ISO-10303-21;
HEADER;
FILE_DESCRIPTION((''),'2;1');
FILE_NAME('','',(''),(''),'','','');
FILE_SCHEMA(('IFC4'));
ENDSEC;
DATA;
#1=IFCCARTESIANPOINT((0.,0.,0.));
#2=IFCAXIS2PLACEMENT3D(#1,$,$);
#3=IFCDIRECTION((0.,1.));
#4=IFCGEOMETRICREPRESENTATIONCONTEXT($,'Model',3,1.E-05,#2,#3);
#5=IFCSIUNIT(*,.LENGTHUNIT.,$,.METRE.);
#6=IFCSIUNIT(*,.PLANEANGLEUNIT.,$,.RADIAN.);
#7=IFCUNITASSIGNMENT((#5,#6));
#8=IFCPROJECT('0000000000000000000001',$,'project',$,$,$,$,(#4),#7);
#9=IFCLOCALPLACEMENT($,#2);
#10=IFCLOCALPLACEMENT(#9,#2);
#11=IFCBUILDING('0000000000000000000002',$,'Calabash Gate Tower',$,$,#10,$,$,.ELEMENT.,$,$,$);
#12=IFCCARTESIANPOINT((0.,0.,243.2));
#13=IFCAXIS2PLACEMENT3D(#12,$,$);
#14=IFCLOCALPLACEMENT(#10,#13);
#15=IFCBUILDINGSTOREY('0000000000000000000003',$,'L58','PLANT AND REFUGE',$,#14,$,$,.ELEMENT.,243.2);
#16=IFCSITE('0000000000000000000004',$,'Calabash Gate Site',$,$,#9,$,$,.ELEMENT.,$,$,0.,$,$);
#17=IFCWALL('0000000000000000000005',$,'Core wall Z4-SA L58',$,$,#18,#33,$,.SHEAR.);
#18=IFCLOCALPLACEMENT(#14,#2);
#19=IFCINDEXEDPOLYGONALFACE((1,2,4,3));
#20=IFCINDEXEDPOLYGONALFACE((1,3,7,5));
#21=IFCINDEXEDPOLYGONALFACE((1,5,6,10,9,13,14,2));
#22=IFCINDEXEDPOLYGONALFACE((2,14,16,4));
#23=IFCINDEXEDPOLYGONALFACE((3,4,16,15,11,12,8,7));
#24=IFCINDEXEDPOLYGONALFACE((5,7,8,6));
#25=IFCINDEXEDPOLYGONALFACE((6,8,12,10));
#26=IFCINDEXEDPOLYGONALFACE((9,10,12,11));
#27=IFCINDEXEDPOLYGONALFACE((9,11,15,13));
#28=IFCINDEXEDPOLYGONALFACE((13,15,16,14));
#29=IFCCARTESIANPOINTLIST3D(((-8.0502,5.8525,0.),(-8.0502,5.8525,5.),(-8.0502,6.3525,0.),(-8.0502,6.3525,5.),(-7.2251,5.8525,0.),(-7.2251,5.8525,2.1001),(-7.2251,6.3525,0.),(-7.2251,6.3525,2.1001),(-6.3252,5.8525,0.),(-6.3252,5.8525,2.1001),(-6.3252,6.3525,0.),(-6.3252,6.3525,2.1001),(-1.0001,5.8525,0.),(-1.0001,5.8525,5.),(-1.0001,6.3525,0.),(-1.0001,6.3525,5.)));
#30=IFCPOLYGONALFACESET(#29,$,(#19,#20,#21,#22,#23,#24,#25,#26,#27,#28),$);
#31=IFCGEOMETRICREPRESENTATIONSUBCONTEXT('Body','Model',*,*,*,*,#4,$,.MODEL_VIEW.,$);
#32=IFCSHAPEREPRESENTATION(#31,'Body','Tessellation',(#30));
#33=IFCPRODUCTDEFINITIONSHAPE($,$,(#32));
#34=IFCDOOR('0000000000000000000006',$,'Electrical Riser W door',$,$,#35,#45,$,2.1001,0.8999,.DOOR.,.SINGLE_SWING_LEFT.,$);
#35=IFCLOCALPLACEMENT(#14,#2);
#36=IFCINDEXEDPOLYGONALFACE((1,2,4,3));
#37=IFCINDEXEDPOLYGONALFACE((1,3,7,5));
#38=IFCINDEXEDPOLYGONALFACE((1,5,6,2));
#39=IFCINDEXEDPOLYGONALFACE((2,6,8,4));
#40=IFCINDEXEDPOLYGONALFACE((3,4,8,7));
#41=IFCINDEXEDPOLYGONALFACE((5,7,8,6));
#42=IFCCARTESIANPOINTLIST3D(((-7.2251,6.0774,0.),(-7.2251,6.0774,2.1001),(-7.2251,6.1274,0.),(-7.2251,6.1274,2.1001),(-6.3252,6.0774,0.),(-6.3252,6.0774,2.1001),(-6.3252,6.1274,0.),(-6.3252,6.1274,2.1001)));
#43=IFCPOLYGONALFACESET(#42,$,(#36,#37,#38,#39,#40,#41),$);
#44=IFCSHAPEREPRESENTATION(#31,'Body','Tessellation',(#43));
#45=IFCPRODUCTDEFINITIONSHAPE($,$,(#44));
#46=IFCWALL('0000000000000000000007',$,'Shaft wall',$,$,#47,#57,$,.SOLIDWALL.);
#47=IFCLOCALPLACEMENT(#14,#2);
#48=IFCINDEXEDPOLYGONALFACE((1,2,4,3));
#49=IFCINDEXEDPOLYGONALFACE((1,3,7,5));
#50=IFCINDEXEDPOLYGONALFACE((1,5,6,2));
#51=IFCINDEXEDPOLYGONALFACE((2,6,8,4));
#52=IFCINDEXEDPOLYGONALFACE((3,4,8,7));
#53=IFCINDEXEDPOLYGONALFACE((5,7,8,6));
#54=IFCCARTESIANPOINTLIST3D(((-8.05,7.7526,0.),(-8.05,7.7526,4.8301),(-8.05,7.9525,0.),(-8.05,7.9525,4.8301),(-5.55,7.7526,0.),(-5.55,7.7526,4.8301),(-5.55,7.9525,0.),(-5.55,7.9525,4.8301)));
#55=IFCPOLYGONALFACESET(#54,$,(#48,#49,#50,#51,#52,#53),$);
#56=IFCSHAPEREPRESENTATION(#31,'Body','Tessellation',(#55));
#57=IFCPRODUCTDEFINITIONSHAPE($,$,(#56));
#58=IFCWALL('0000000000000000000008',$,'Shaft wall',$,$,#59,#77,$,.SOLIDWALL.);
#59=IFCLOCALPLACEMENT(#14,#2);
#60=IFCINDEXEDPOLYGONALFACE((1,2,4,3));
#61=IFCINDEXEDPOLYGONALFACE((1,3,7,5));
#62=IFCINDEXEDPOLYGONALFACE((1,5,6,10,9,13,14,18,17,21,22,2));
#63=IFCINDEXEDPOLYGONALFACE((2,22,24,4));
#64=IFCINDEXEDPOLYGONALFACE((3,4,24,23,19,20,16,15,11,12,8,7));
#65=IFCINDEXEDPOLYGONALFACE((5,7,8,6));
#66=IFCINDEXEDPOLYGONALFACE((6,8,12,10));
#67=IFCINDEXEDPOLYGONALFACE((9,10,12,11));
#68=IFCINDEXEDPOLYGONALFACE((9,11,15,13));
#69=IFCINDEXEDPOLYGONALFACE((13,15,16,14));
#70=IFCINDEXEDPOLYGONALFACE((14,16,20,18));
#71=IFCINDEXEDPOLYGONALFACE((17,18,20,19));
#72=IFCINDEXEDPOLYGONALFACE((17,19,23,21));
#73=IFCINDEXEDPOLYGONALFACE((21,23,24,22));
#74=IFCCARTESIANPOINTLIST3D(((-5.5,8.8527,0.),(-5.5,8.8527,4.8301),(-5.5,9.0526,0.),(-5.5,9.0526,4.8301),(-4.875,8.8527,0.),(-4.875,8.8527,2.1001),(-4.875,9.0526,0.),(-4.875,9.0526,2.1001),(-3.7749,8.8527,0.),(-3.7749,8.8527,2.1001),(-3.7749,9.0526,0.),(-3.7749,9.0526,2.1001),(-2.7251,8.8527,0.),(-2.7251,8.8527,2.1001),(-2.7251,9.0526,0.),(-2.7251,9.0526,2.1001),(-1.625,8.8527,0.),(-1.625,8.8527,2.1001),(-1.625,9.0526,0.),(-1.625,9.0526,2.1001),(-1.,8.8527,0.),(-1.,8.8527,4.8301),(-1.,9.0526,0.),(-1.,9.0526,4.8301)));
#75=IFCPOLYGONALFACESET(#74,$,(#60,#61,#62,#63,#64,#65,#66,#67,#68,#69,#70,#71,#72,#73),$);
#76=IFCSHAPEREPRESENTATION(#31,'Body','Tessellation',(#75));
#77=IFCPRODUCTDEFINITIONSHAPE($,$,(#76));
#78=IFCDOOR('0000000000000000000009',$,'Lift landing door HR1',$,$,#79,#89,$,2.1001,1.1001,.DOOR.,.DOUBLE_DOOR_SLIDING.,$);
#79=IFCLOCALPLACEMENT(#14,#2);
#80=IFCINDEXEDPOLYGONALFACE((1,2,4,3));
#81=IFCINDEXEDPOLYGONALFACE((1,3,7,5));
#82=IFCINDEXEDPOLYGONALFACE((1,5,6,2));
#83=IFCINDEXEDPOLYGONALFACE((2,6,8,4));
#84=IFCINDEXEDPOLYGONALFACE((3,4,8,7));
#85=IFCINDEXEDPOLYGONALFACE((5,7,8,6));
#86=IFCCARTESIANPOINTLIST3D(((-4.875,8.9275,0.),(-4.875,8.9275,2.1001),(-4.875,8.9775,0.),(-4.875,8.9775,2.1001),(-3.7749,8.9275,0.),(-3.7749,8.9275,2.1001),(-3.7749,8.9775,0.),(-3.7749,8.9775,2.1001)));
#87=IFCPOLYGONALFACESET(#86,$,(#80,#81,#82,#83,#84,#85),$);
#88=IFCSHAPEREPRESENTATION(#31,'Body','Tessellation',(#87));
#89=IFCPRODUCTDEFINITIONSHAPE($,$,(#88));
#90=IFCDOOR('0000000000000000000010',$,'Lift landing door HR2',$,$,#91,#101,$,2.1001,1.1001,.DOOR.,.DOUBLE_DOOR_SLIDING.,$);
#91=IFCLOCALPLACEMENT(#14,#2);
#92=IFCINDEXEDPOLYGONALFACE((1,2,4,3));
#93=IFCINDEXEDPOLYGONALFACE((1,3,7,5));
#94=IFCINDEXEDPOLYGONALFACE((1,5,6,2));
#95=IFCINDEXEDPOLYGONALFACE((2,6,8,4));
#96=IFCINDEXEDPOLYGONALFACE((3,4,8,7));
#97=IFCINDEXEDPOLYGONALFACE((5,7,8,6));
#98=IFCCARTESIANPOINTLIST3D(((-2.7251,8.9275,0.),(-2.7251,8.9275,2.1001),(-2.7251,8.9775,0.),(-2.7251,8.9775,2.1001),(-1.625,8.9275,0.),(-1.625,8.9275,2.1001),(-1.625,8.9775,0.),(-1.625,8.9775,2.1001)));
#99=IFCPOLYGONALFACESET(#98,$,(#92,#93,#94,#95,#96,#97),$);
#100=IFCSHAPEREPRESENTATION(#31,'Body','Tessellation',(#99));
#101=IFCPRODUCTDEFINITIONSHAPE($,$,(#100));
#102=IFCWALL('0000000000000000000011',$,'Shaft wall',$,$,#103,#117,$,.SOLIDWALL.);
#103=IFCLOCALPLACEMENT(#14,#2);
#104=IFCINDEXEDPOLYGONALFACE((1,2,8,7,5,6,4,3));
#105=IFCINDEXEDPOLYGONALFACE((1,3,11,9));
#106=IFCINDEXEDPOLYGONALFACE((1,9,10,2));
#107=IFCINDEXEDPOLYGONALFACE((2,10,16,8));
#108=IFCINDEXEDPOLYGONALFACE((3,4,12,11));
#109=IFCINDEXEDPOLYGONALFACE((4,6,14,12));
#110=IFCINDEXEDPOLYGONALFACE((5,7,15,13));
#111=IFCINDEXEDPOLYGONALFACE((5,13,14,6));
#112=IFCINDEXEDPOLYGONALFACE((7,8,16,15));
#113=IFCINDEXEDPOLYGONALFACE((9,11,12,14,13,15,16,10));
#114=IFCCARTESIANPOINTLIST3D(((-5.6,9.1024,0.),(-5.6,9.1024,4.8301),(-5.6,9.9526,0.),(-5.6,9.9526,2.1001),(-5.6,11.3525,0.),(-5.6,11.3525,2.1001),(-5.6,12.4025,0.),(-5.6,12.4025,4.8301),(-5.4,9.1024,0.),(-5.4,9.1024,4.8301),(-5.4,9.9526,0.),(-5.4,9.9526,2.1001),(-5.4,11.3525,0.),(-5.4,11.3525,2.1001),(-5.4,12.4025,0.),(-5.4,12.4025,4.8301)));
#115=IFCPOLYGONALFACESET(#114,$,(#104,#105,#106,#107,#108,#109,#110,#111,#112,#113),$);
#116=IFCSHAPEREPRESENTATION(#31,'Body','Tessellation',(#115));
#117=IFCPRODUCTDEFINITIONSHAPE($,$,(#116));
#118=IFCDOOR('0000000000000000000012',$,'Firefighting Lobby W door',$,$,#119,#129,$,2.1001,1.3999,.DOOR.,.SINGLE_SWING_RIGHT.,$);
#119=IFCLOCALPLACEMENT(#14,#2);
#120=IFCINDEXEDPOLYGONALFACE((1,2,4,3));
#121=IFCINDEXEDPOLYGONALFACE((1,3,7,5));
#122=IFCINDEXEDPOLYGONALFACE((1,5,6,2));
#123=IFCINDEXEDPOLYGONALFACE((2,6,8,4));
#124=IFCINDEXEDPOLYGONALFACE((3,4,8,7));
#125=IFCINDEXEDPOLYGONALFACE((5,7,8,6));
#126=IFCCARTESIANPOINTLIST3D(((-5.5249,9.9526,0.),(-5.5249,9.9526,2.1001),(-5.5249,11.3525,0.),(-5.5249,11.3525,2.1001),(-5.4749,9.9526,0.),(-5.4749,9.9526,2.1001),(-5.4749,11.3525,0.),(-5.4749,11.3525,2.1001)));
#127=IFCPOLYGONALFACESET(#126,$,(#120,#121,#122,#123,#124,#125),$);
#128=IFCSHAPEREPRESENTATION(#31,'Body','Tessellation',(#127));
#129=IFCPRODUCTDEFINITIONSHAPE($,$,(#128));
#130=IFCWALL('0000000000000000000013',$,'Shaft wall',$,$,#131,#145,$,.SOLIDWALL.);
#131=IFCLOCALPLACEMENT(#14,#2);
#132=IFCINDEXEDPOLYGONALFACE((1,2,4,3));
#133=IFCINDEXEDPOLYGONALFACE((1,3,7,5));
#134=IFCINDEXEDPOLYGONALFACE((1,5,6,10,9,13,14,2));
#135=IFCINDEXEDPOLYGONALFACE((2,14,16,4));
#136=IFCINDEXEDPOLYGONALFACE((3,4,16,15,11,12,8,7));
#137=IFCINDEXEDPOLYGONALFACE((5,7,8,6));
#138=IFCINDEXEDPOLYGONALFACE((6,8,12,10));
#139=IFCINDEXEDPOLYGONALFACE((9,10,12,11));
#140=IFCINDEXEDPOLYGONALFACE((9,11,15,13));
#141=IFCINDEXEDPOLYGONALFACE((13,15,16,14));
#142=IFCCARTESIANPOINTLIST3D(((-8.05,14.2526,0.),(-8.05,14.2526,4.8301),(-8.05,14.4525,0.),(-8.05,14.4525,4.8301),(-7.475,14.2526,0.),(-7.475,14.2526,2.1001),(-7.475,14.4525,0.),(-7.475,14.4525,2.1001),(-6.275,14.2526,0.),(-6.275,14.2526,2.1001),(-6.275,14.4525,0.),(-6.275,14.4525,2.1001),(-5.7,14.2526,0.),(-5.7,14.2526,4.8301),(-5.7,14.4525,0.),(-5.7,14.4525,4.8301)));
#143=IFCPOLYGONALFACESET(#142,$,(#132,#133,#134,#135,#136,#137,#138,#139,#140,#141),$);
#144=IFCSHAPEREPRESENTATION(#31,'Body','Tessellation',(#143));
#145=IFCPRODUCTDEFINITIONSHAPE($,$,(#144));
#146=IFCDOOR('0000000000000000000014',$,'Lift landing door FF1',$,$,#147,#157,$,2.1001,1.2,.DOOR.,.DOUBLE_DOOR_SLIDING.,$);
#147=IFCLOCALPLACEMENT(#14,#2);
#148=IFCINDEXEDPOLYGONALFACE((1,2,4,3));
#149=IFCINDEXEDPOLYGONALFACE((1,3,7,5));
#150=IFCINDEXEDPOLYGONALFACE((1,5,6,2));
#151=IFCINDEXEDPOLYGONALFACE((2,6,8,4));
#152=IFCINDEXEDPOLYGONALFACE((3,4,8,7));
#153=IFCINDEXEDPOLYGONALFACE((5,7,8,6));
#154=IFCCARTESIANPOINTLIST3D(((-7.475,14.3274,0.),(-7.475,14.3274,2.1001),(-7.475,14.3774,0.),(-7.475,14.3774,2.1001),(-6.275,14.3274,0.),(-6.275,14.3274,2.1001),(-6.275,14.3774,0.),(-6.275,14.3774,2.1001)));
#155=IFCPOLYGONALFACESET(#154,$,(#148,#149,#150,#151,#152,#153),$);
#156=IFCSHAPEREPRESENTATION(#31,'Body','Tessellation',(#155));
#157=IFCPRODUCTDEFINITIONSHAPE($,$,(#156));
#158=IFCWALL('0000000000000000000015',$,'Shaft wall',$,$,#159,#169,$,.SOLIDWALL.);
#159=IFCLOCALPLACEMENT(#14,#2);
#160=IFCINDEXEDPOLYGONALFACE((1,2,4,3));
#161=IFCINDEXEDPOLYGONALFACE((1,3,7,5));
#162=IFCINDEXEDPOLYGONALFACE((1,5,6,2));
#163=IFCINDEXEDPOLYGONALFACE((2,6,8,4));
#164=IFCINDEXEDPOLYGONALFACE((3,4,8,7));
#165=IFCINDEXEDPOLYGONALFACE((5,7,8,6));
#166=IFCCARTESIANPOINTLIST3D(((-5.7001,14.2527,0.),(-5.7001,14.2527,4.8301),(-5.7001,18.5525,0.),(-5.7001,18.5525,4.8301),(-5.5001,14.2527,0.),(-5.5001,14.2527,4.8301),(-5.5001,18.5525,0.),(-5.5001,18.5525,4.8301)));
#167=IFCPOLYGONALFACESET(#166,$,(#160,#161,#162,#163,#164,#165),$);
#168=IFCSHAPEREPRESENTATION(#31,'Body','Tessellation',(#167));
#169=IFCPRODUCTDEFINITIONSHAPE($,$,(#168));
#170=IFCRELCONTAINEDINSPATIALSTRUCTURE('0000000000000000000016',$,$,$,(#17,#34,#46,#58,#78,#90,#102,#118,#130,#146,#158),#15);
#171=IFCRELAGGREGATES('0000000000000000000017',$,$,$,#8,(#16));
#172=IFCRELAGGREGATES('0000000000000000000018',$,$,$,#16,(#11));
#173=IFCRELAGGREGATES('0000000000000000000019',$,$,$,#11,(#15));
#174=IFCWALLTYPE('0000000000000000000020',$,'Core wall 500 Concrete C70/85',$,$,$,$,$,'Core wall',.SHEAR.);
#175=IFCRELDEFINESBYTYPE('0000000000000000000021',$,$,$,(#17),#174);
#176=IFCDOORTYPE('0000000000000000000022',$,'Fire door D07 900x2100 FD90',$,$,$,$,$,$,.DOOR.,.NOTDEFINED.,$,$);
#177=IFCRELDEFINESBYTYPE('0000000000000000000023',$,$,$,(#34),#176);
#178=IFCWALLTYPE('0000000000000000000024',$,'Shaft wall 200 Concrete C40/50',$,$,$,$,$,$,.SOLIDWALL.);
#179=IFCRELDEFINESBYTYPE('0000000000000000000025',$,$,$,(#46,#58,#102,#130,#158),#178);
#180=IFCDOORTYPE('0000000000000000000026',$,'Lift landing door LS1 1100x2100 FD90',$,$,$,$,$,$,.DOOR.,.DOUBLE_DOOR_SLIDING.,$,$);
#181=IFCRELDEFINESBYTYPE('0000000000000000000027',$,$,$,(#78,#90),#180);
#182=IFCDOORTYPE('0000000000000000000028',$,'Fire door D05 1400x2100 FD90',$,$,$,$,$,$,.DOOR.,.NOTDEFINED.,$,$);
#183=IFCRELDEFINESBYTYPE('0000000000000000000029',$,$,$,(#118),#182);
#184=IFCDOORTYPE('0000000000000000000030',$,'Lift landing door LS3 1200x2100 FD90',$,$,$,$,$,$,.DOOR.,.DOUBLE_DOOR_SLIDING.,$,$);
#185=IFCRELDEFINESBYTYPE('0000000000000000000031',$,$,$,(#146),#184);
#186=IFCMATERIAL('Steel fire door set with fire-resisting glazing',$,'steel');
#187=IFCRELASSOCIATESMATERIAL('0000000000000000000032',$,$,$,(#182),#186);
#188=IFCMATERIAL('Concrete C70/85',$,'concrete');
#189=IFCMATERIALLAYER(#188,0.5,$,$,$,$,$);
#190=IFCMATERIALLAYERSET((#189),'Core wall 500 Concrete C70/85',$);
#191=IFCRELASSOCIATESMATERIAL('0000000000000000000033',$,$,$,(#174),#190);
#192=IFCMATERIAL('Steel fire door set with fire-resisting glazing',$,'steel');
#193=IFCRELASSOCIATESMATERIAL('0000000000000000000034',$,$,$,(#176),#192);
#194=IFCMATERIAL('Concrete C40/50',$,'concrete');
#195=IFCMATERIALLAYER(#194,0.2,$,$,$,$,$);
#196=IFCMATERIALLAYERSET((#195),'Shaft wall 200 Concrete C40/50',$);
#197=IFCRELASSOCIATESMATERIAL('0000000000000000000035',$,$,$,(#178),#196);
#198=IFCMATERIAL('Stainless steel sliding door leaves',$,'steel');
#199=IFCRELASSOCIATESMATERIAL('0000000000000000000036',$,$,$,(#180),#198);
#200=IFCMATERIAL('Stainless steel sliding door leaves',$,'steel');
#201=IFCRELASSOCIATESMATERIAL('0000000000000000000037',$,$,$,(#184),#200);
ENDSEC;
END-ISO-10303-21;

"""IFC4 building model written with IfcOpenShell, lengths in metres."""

from ifc_helpers import new_model, si_unit, direction, frame, frame_2d, origin, place, context, subcontext, project, spatial, rectangle, extrude, material, layer, layer_set, type_object, element, fill, save


model = new_model("IFC4")

# Units and contexts
model_context = context("Model", 3, precision=1e-05, world=origin(), true_north=direction((0.0, 1.0)))
body_context = subcontext(model_context, "Body", "Model", "MODEL_VIEW")
ifc_project = project(units=[si_unit("LENGTHUNIT", "METRE"), si_unit("PLANEANGLEUNIT", "RADIAN")], contexts=[model_context])

# Site, building, storey
site_placement = place(None, origin())
site = spatial("IfcSite", under=ifc_project, at=site_placement, Name="Calabash Gate Site", CompositionType="ELEMENT", RefElevation=0.0)
building_placement = place(site_placement, origin())
building = spatial("IfcBuilding", under=site, at=building_placement, Name="Calabash Gate Tower", CompositionType="ELEMENT")
storey_placement = place(building_placement, frame((0.0, 0.0, 243.2)))
storey = spatial("IfcBuildingStorey", under=building, at=storey_placement, Name="L58", Description="PLANT AND REFUGE", CompositionType="ELEMENT", Elevation=243.2)

# Shared definitions
ifc_material_1 = material(Name="Steel fire door set with fire-resisting glazing", Category="steel")
door_type_1 = type_object("IfcDoorType", Name="Fire door D05 1400x2100 FD90", OperationType="NOTDEFINED", PredefinedType="DOOR", material=ifc_material_1)

# Wall, opening, door
ifc_material_2 = material(Name="Concrete C70/85", Category="concrete")
ifc_layer_1 = layer(ifc_material_2, 0.5)
ifc_layer_set_1 = layer_set([ifc_layer_1], Name="Core wall 500 Concrete C70/85")
wall_type_1 = type_object("IfcWallType", Name="Core wall 500 Concrete C70/85", ElementType="Core wall", PredefinedType="SHEAR", material=ifc_layer_set_1)
wall_1_placement = place(storey_placement, frame((-8.05, 6.1025, 0.0), z_axis=(0.0, 0.0, 1.0), x_axis=(1.0, 0.0, 0.0)))
wall_1 = element("IfcWall", 1, at=wall_1_placement, inside=storey, type_object=wall_type_1, Name="Core wall Z4-SA L58", PredefinedType="SHEAR", context=body_context, shape_type="SweptSolid", body=[
    extrude(rectangle(XDim=7.05, YDim=0.5, at=frame_2d((3.5249, 0.0))), origin(), (0.0, 0.0, 1.0), 5.0),
])
opening_1_placement = place(wall_1_placement, frame((0.825, 0.0, 0.0)))
opening_1 = element("IfcOpeningElement", 2, at=opening_1_placement, cuts=wall_1, PredefinedType="OPENING", context=body_context, shape_type="SweptSolid", body=[
    extrude(rectangle(XDim=0.8999, YDim=2.1001, at=frame_2d((0.45, 1.05))), frame((0.0, 0.26, 0.0), z_axis=(0.0, -1.0, 0.0), x_axis=(1.0, 0.0, 0.0)), (0.0, 0.0, 1.0), 0.52),
])
ifc_material_3 = material(Name="Steel fire door set with fire-resisting glazing", Category="steel")
door_type_2 = type_object("IfcDoorType", Name="Fire door D07 900x2100 FD90", OperationType="NOTDEFINED", PredefinedType="DOOR", material=ifc_material_3)
door_1_placement = place(opening_1_placement, origin())
door_1 = element("IfcDoor", 3, at=door_1_placement, inside=storey, type_object=door_type_2, Name="Electrical Riser W door", OperationType="SINGLE_SWING_LEFT", OverallHeight=2.1001, OverallWidth=0.8999, PredefinedType="DOOR", context=body_context, shape_type="SweptSolid", body=[
    extrude(rectangle(XDim=0.8999, YDim=2.1001, at=frame_2d((0.45, 1.05))), frame((0.0, 0.0249, 0.0), z_axis=(0.0, -1.0, 0.0), x_axis=(1.0, 0.0, 0.0)), (0.0, 0.0, 1.0), 0.05),
])
fill(opening_1, door_1)

# Wall
ifc_material_4 = material(Name="Concrete C40/50", Category="concrete")
ifc_layer_2 = layer(ifc_material_4, 0.2)
ifc_layer_set_2 = layer_set([ifc_layer_2], Name="Shaft wall 200 Concrete C40/50")
wall_type_2 = type_object("IfcWallType", Name="Shaft wall 200 Concrete C40/50", PredefinedType="SOLIDWALL", material=ifc_layer_set_2)
wall_2_placement = place(storey_placement, frame((-8.05, 7.8525, 0.0), z_axis=(0.0, 0.0, 1.0), x_axis=(1.0, 0.0, 0.0)))
element("IfcWall", 4, at=wall_2_placement, inside=storey, type_object=wall_type_2, Name="Shaft wall", PredefinedType="SOLIDWALL", context=body_context, shape_type="SweptSolid", body=[
    extrude(rectangle(XDim=2.5, YDim=0.2, at=frame_2d((1.25, 0.0))), origin(), (0.0, 0.0, 1.0), 4.8301),
])

# Wall, openings, doors
wall_3_placement = place(storey_placement, frame((-5.5, 8.9526, 0.0), z_axis=(0.0, 0.0, 1.0), x_axis=(1.0, 0.0, 0.0)))
wall_3 = element("IfcWall", 5, at=wall_3_placement, inside=storey, type_object=wall_type_2, Name="Shaft wall", PredefinedType="SOLIDWALL", context=body_context, shape_type="SweptSolid", body=[
    extrude(rectangle(XDim=4.5, YDim=0.2, at=frame_2d((2.25, 0.0))), origin(), (0.0, 0.0, 1.0), 4.8301),
])
opening_2_placement = place(wall_3_placement, frame((0.625, 0.0, 0.0)))
opening_2 = element("IfcOpeningElement", 6, at=opening_2_placement, cuts=wall_3, PredefinedType="OPENING", context=body_context, shape_type="SweptSolid", body=[
    extrude(rectangle(XDim=1.1001, YDim=2.1001, at=frame_2d((0.55, 1.05))), frame((0.0, 0.1099, 0.0), z_axis=(0.0, -1.0, 0.0), x_axis=(1.0, 0.0, 0.0)), (0.0, 0.0, 1.0), 0.22),
])
opening_3_placement = place(wall_3_placement, frame((2.7749, 0.0, 0.0)))
opening_3 = element("IfcOpeningElement", 7, at=opening_3_placement, cuts=wall_3, PredefinedType="OPENING", context=body_context, shape_type="SweptSolid", body=[
    extrude(rectangle(XDim=1.1001, YDim=2.1001, at=frame_2d((0.55, 1.05))), frame((0.0, 0.1099, 0.0), z_axis=(0.0, -1.0, 0.0), x_axis=(1.0, 0.0, 0.0)), (0.0, 0.0, 1.0), 0.22),
])
ifc_material_5 = material(Name="Stainless steel sliding door leaves", Category="steel")
door_type_3 = type_object("IfcDoorType", Name="Lift landing door LS1 1100x2100 FD90", OperationType="DOUBLE_DOOR_SLIDING", PredefinedType="DOOR", material=ifc_material_5)
door_2_placement = place(opening_2_placement, origin())
door_2 = element("IfcDoor", 8, at=door_2_placement, inside=storey, type_object=door_type_3, Name="Lift landing door HR1", OperationType="DOUBLE_DOOR_SLIDING", OverallHeight=2.1001, OverallWidth=1.1001, PredefinedType="DOOR", context=body_context, shape_type="SweptSolid", body=[
    extrude(rectangle(XDim=1.1001, YDim=2.1001, at=frame_2d((0.55, 1.05))), frame((0.0, 0.0249, 0.0), z_axis=(0.0, -1.0, 0.0), x_axis=(1.0, 0.0, 0.0)), (0.0, 0.0, 1.0), 0.05),
])
fill(opening_2, door_2)
door_3_placement = place(opening_3_placement, origin())
door_3 = element("IfcDoor", 9, at=door_3_placement, inside=storey, type_object=door_type_3, Name="Lift landing door HR2", OperationType="DOUBLE_DOOR_SLIDING", OverallHeight=2.1001, OverallWidth=1.1001, PredefinedType="DOOR", context=body_context, shape_type="SweptSolid", body=[
    extrude(rectangle(XDim=1.1001, YDim=2.1001, at=frame_2d((0.55, 1.05))), frame((0.0, 0.0249, 0.0), z_axis=(0.0, -1.0, 0.0), x_axis=(1.0, 0.0, 0.0)), (0.0, 0.0, 1.0), 0.05),
])
fill(opening_3, door_3)

# Walls, openings, doors
wall_4_placement = place(storey_placement, frame((-5.5, 9.1025, 0.0), z_axis=(0.0, 0.0, 1.0), x_axis=(0.0, 1.0, 0.0)))
wall_4 = element("IfcWall", 10, at=wall_4_placement, inside=storey, type_object=wall_type_2, Name="Shaft wall", PredefinedType="SOLIDWALL", context=body_context, shape_type="SweptSolid", body=[
    extrude(rectangle(XDim=3.3, YDim=0.2, at=frame_2d((1.6499, 0.0))), origin(), (0.0, 0.0, 1.0), 4.8301),
])
opening_4_placement = place(wall_4_placement, frame((0.8501, 0.0, 0.0)))
opening_4 = element("IfcOpeningElement", 11, at=opening_4_placement, cuts=wall_4, PredefinedType="OPENING", context=body_context, shape_type="SweptSolid", body=[
    extrude(rectangle(XDim=1.3999, YDim=2.1001, at=frame_2d((0.7, 1.05))), frame((0.0, 0.1099, 0.0), z_axis=(0.0, -1.0, 0.0), x_axis=(1.0, 0.0, 0.0)), (0.0, 0.0, 1.0), 0.22),
])
door_4_placement = place(opening_4_placement, origin())
door_4 = element("IfcDoor", 12, at=door_4_placement, inside=storey, type_object=door_type_1, Name="Firefighting Lobby W door", OperationType="SINGLE_SWING_RIGHT", OverallHeight=2.1001, OverallWidth=1.3999, PredefinedType="DOOR", context=body_context, shape_type="SweptSolid", body=[
    extrude(rectangle(XDim=1.3999, YDim=2.1001, at=frame_2d((0.7, 1.05))), frame((0.0, 0.0249, 0.0), z_axis=(0.0, -1.0, 0.0), x_axis=(1.0, 0.0, 0.0)), (0.0, 0.0, 1.0), 0.05),
])
fill(opening_4, door_4)
wall_5_placement = place(storey_placement, frame((-8.05, 14.3525, 0.0), z_axis=(0.0, 0.0, 1.0), x_axis=(1.0, 0.0, 0.0)))
wall_5 = element("IfcWall", 13, at=wall_5_placement, inside=storey, type_object=wall_type_2, Name="Shaft wall", PredefinedType="SOLIDWALL", context=body_context, shape_type="SweptSolid", body=[
    extrude(rectangle(XDim=2.3501, YDim=0.2, at=frame_2d((1.175, 0.0))), origin(), (0.0, 0.0, 1.0), 4.8301),
])
opening_5_placement = place(wall_5_placement, frame((0.575, 0.0, 0.0)))
opening_5 = element("IfcOpeningElement", 14, at=opening_5_placement, cuts=wall_5, PredefinedType="OPENING", context=body_context, shape_type="SweptSolid", body=[
    extrude(rectangle(XDim=1.2, YDim=2.1001, at=frame_2d((0.6001, 1.05))), frame((0.0, 0.1099, 0.0), z_axis=(0.0, -1.0, 0.0), x_axis=(1.0, 0.0, 0.0)), (0.0, 0.0, 1.0), 0.22),
])
ifc_material_6 = material(Name="Stainless steel sliding door leaves", Category="steel")
door_type_4 = type_object("IfcDoorType", Name="Lift landing door LS3 1200x2100 FD90", OperationType="DOUBLE_DOOR_SLIDING", PredefinedType="DOOR", material=ifc_material_6)
door_5_placement = place(opening_5_placement, origin())
door_5 = element("IfcDoor", 15, at=door_5_placement, inside=storey, type_object=door_type_4, Name="Lift landing door FF1", OperationType="DOUBLE_DOOR_SLIDING", OverallHeight=2.1001, OverallWidth=1.2, PredefinedType="DOOR", context=body_context, shape_type="SweptSolid", body=[
    extrude(rectangle(XDim=1.2, YDim=2.1001, at=frame_2d((0.6001, 1.05))), frame((0.0, 0.0249, 0.0), z_axis=(0.0, -1.0, 0.0), x_axis=(1.0, 0.0, 0.0)), (0.0, 0.0, 1.0), 0.05),
])
fill(opening_5, door_5)

# Wall
wall_6_placement = place(storey_placement, frame((-5.6001, 14.2527, 0.0), z_axis=(0.0, 0.0, 1.0), x_axis=(0.0, 1.0, 0.0)))
element("IfcWall", 16, at=wall_6_placement, inside=storey, type_object=wall_type_2, Name="Shaft wall", PredefinedType="SOLIDWALL", context=body_context, shape_type="SweptSolid", body=[
    extrude(rectangle(XDim=4.2998, YDim=0.2, at=frame_2d((2.1499, 0.0))), origin(), (0.0, 0.0, 1.0), 4.8301),
])

save(model, "model.ifc")
